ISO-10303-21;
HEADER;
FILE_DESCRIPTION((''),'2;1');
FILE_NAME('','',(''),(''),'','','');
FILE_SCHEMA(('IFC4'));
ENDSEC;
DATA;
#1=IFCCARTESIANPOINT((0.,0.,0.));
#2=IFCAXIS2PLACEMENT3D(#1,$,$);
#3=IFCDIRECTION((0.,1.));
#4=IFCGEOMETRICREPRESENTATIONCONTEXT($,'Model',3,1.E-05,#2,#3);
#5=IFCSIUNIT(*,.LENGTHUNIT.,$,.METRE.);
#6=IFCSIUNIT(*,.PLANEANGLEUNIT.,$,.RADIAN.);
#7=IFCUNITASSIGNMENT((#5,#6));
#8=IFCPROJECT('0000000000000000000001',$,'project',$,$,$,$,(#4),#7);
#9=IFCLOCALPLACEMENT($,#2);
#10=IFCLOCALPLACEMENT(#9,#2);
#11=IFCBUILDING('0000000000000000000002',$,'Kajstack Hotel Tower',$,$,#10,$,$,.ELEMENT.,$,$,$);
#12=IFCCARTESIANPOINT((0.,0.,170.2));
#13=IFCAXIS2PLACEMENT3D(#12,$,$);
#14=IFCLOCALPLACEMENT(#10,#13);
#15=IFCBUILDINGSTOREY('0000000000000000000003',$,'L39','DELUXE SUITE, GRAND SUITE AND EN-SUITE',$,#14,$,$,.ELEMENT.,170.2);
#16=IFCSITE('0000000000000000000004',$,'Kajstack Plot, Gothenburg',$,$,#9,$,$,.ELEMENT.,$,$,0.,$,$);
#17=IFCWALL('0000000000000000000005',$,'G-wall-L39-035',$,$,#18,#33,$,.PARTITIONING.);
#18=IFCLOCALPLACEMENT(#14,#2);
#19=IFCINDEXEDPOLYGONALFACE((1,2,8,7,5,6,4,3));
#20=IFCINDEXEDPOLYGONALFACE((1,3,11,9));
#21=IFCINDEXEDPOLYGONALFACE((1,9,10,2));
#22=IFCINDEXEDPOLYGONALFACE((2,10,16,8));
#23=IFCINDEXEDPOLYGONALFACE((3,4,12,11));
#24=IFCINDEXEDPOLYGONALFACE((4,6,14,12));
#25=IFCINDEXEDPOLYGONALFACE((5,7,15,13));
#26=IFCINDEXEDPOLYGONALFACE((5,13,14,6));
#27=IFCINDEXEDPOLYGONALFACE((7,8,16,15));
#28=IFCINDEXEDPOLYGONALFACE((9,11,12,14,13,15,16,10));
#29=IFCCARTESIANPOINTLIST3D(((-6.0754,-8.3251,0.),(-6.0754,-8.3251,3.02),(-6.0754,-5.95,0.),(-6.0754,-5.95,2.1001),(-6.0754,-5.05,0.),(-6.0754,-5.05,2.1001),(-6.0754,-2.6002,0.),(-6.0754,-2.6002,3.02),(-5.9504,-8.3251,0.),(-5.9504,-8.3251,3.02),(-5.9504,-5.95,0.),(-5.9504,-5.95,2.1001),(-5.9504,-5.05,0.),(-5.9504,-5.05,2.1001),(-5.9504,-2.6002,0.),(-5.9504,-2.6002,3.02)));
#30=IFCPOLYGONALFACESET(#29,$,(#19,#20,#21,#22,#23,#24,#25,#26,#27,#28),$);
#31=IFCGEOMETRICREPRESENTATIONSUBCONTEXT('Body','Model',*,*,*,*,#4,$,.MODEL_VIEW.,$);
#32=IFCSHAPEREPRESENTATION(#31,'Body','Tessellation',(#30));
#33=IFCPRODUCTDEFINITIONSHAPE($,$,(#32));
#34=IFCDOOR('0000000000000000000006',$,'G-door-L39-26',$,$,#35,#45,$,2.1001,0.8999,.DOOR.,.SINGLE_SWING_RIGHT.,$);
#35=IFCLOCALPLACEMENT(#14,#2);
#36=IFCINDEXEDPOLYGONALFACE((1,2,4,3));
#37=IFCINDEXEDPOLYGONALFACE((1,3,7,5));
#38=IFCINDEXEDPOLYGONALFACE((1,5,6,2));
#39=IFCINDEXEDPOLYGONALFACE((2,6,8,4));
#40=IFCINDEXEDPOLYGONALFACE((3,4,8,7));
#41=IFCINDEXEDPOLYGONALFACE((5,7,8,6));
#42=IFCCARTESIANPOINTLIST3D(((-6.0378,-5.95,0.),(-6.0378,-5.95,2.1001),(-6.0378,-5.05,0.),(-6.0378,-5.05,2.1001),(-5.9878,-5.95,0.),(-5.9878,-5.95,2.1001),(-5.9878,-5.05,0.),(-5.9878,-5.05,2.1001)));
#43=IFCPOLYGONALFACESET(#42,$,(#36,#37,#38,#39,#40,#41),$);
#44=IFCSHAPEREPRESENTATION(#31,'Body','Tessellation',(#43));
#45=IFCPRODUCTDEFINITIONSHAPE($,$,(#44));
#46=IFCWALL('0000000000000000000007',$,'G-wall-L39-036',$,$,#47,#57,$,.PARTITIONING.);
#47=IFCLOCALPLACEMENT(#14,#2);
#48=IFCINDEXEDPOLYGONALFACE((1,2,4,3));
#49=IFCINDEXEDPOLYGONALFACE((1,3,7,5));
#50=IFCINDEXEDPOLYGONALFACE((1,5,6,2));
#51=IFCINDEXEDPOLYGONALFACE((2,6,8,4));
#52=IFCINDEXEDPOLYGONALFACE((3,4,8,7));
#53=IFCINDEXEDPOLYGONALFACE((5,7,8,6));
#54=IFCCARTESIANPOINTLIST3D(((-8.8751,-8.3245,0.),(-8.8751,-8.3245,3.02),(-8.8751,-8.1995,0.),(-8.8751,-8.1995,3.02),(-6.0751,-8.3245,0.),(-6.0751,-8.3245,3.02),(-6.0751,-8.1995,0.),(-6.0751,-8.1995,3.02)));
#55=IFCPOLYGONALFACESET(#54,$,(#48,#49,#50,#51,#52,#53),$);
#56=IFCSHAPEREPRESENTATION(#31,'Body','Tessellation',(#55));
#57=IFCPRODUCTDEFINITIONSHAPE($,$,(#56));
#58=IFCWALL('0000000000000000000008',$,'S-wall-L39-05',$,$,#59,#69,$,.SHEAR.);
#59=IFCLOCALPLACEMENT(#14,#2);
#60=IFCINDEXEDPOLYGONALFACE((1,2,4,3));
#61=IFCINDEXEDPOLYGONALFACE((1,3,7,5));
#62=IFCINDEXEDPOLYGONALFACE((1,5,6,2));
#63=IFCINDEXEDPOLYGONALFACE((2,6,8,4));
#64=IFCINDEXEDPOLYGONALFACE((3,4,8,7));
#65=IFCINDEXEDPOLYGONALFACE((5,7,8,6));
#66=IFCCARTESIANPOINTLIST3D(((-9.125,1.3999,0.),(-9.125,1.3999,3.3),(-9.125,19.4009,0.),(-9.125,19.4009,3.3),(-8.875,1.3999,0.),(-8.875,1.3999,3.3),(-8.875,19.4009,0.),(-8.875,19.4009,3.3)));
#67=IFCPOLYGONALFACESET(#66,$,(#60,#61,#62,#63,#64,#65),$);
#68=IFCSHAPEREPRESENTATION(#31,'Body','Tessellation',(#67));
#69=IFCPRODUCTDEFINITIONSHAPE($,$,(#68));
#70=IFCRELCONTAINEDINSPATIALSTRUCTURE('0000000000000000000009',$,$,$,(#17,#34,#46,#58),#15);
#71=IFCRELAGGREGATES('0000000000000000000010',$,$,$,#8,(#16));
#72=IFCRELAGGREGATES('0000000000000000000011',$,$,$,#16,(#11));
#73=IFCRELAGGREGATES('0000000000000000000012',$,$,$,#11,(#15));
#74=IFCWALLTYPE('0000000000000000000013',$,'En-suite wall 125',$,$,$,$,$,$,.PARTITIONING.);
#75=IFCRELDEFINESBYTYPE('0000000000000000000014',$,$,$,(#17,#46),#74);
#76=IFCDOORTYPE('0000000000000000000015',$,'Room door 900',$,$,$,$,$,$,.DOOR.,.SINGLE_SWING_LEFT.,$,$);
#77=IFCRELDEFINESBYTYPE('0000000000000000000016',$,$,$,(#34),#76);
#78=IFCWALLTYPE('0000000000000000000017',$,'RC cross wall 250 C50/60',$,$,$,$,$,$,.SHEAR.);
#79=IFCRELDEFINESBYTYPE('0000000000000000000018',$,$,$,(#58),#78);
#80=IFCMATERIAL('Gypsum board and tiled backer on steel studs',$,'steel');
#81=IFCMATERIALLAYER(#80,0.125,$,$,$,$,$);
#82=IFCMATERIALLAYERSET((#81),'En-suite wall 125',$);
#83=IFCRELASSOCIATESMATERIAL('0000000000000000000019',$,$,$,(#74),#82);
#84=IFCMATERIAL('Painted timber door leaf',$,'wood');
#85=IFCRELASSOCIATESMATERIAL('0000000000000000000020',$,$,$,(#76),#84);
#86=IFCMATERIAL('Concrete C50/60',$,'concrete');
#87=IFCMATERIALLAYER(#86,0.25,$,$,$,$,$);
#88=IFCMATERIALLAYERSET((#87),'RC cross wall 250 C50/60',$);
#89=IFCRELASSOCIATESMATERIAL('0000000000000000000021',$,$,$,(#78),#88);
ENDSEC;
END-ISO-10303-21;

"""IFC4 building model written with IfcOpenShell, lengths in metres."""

from ifc_helpers import new_model, si_unit, direction, frame, frame_2d, origin, place, context, subcontext, project, spatial, rectangle, extrude, material, layer, layer_set, type_object, element, fill, save


model = new_model("IFC4")

# Units and contexts
model_context = context("Model", 3, precision=1e-05, world=origin(), true_north=direction((0.0, 1.0)))
body_context = subcontext(model_context, "Body", "Model", "MODEL_VIEW")
ifc_project = project(units=[si_unit("LENGTHUNIT", "METRE"), si_unit("PLANEANGLEUNIT", "RADIAN")], contexts=[model_context])

# Site, building, storey
site_placement = place(None, origin())
site = spatial("IfcSite", under=ifc_project, at=site_placement, Name="Kajstack Plot, Gothenburg", CompositionType="ELEMENT", RefElevation=0.0)
building_placement = place(site_placement, origin())
building = spatial("IfcBuilding", under=site, at=building_placement, Name="Kajstack Hotel Tower", CompositionType="ELEMENT")
storey_placement = place(building_placement, frame((0.0, 0.0, 170.2)))
storey = spatial("IfcBuildingStorey", under=building, at=storey_placement, Name="L39", Description="DELUXE SUITE, GRAND SUITE AND EN-SUITE", CompositionType="ELEMENT", Elevation=170.2)

# Shared definitions
ifc_material_1 = material(Name="Gypsum board and tiled backer on steel studs", Category="steel")
ifc_layer_1 = layer(ifc_material_1, 0.125)
ifc_layer_set_1 = layer_set([ifc_layer_1], Name="En-suite wall 125")
wall_type_1 = type_object("IfcWallType", Name="En-suite wall 125", PredefinedType="PARTITIONING", material=ifc_layer_set_1)
ifc_material_2 = material(Name="Painted timber door leaf", Category="wood")
door_type = type_object("IfcDoorType", Name="Room door 900", OperationType="SINGLE_SWING_LEFT", PredefinedType="DOOR", material=ifc_material_2)

# Wall, opening, door
wall_1_placement = place(storey_placement, frame((-6.0129, -8.325, 0.0), z_axis=(0.0, 0.0, 1.0), x_axis=(0.0, 1.0, 0.0)))
wall_1 = element("IfcWall", 1, at=wall_1_placement, inside=storey, type_object=wall_type_1, Name="G-wall-L39-035", PredefinedType="PARTITIONING", context=body_context, shape_type="SweptSolid", body=[
    extrude(rectangle(XDim=5.7249, YDim=0.125, at=frame_2d((2.8623, 0.0))), origin(), (0.0, 0.0, 1.0), 3.02),
])
opening_1_placement = place(wall_1_placement, frame((2.375, 0.0, 0.0)))
opening_1 = element("IfcOpeningElement", 2, at=opening_1_placement, cuts=wall_1, PredefinedType="OPENING", context=body_context, shape_type="SweptSolid", body=[
    extrude(rectangle(XDim=0.8999, YDim=2.1001, at=frame_2d((0.45, 1.05))), frame((0.0, 0.0725, 0.0), z_axis=(0.0, -1.0, 0.0), x_axis=(1.0, 0.0, 0.0)), (0.0, 0.0, 1.0), 0.145),
])
door_1_placement = place(opening_1_placement, origin())
door_1 = element("IfcDoor", 3, at=door_1_placement, inside=storey, type_object=door_type, Name="G-door-L39-26", OperationType="SINGLE_SWING_RIGHT", OverallHeight=2.1001, OverallWidth=0.8999, PredefinedType="DOOR", context=body_context, shape_type="SweptSolid", body=[
    extrude(rectangle(XDim=0.8999, YDim=2.1001, at=frame_2d((0.45, 1.05))), frame((0.0, 0.0249, 0.0), z_axis=(0.0, -1.0, 0.0), x_axis=(1.0, 0.0, 0.0)), (0.0, 0.0, 1.0), 0.05),
])
fill(opening_1, door_1)

# Walls
wall_2_placement = place(storey_placement, frame((-8.875, -8.262, 0.0), z_axis=(0.0, 0.0, 1.0), x_axis=(1.0, 0.0, 0.0)))
element("IfcWall", 4, at=wall_2_placement, inside=storey, type_object=wall_type_1, Name="G-wall-L39-036", PredefinedType="PARTITIONING", context=body_context, shape_type="SweptSolid", body=[
    extrude(rectangle(XDim=2.8, YDim=0.125, at=frame_2d((1.3999, 0.0))), origin(), (0.0, 0.0, 1.0), 3.02),
])
ifc_material_3 = material(Name="Concrete C50/60", Category="concrete")
ifc_layer_2 = layer(ifc_material_3, 0.25)
ifc_layer_set_2 = layer_set([ifc_layer_2], Name="RC cross wall 250 C50/60")
wall_type_2 = type_object("IfcWallType", Name="RC cross wall 250 C50/60", PredefinedType="SHEAR", material=ifc_layer_set_2)
wall_3_placement = place(storey_placement, frame((-9.0, 1.3999, 0.0), z_axis=(0.0, 0.0, 1.0), x_axis=(0.0, 1.0, 0.0)))
element("IfcWall", 5, at=wall_3_placement, inside=storey, type_object=wall_type_2, Name="S-wall-L39-05", PredefinedType="SHEAR", context=body_context, shape_type="SweptSolid", body=[
    extrude(rectangle(XDim=18.001, YDim=0.25, at=frame_2d((9.0005, 0.0))), origin(), (0.0, 0.0, 1.0), 3.3),
])

save(model, "model.ifc")
